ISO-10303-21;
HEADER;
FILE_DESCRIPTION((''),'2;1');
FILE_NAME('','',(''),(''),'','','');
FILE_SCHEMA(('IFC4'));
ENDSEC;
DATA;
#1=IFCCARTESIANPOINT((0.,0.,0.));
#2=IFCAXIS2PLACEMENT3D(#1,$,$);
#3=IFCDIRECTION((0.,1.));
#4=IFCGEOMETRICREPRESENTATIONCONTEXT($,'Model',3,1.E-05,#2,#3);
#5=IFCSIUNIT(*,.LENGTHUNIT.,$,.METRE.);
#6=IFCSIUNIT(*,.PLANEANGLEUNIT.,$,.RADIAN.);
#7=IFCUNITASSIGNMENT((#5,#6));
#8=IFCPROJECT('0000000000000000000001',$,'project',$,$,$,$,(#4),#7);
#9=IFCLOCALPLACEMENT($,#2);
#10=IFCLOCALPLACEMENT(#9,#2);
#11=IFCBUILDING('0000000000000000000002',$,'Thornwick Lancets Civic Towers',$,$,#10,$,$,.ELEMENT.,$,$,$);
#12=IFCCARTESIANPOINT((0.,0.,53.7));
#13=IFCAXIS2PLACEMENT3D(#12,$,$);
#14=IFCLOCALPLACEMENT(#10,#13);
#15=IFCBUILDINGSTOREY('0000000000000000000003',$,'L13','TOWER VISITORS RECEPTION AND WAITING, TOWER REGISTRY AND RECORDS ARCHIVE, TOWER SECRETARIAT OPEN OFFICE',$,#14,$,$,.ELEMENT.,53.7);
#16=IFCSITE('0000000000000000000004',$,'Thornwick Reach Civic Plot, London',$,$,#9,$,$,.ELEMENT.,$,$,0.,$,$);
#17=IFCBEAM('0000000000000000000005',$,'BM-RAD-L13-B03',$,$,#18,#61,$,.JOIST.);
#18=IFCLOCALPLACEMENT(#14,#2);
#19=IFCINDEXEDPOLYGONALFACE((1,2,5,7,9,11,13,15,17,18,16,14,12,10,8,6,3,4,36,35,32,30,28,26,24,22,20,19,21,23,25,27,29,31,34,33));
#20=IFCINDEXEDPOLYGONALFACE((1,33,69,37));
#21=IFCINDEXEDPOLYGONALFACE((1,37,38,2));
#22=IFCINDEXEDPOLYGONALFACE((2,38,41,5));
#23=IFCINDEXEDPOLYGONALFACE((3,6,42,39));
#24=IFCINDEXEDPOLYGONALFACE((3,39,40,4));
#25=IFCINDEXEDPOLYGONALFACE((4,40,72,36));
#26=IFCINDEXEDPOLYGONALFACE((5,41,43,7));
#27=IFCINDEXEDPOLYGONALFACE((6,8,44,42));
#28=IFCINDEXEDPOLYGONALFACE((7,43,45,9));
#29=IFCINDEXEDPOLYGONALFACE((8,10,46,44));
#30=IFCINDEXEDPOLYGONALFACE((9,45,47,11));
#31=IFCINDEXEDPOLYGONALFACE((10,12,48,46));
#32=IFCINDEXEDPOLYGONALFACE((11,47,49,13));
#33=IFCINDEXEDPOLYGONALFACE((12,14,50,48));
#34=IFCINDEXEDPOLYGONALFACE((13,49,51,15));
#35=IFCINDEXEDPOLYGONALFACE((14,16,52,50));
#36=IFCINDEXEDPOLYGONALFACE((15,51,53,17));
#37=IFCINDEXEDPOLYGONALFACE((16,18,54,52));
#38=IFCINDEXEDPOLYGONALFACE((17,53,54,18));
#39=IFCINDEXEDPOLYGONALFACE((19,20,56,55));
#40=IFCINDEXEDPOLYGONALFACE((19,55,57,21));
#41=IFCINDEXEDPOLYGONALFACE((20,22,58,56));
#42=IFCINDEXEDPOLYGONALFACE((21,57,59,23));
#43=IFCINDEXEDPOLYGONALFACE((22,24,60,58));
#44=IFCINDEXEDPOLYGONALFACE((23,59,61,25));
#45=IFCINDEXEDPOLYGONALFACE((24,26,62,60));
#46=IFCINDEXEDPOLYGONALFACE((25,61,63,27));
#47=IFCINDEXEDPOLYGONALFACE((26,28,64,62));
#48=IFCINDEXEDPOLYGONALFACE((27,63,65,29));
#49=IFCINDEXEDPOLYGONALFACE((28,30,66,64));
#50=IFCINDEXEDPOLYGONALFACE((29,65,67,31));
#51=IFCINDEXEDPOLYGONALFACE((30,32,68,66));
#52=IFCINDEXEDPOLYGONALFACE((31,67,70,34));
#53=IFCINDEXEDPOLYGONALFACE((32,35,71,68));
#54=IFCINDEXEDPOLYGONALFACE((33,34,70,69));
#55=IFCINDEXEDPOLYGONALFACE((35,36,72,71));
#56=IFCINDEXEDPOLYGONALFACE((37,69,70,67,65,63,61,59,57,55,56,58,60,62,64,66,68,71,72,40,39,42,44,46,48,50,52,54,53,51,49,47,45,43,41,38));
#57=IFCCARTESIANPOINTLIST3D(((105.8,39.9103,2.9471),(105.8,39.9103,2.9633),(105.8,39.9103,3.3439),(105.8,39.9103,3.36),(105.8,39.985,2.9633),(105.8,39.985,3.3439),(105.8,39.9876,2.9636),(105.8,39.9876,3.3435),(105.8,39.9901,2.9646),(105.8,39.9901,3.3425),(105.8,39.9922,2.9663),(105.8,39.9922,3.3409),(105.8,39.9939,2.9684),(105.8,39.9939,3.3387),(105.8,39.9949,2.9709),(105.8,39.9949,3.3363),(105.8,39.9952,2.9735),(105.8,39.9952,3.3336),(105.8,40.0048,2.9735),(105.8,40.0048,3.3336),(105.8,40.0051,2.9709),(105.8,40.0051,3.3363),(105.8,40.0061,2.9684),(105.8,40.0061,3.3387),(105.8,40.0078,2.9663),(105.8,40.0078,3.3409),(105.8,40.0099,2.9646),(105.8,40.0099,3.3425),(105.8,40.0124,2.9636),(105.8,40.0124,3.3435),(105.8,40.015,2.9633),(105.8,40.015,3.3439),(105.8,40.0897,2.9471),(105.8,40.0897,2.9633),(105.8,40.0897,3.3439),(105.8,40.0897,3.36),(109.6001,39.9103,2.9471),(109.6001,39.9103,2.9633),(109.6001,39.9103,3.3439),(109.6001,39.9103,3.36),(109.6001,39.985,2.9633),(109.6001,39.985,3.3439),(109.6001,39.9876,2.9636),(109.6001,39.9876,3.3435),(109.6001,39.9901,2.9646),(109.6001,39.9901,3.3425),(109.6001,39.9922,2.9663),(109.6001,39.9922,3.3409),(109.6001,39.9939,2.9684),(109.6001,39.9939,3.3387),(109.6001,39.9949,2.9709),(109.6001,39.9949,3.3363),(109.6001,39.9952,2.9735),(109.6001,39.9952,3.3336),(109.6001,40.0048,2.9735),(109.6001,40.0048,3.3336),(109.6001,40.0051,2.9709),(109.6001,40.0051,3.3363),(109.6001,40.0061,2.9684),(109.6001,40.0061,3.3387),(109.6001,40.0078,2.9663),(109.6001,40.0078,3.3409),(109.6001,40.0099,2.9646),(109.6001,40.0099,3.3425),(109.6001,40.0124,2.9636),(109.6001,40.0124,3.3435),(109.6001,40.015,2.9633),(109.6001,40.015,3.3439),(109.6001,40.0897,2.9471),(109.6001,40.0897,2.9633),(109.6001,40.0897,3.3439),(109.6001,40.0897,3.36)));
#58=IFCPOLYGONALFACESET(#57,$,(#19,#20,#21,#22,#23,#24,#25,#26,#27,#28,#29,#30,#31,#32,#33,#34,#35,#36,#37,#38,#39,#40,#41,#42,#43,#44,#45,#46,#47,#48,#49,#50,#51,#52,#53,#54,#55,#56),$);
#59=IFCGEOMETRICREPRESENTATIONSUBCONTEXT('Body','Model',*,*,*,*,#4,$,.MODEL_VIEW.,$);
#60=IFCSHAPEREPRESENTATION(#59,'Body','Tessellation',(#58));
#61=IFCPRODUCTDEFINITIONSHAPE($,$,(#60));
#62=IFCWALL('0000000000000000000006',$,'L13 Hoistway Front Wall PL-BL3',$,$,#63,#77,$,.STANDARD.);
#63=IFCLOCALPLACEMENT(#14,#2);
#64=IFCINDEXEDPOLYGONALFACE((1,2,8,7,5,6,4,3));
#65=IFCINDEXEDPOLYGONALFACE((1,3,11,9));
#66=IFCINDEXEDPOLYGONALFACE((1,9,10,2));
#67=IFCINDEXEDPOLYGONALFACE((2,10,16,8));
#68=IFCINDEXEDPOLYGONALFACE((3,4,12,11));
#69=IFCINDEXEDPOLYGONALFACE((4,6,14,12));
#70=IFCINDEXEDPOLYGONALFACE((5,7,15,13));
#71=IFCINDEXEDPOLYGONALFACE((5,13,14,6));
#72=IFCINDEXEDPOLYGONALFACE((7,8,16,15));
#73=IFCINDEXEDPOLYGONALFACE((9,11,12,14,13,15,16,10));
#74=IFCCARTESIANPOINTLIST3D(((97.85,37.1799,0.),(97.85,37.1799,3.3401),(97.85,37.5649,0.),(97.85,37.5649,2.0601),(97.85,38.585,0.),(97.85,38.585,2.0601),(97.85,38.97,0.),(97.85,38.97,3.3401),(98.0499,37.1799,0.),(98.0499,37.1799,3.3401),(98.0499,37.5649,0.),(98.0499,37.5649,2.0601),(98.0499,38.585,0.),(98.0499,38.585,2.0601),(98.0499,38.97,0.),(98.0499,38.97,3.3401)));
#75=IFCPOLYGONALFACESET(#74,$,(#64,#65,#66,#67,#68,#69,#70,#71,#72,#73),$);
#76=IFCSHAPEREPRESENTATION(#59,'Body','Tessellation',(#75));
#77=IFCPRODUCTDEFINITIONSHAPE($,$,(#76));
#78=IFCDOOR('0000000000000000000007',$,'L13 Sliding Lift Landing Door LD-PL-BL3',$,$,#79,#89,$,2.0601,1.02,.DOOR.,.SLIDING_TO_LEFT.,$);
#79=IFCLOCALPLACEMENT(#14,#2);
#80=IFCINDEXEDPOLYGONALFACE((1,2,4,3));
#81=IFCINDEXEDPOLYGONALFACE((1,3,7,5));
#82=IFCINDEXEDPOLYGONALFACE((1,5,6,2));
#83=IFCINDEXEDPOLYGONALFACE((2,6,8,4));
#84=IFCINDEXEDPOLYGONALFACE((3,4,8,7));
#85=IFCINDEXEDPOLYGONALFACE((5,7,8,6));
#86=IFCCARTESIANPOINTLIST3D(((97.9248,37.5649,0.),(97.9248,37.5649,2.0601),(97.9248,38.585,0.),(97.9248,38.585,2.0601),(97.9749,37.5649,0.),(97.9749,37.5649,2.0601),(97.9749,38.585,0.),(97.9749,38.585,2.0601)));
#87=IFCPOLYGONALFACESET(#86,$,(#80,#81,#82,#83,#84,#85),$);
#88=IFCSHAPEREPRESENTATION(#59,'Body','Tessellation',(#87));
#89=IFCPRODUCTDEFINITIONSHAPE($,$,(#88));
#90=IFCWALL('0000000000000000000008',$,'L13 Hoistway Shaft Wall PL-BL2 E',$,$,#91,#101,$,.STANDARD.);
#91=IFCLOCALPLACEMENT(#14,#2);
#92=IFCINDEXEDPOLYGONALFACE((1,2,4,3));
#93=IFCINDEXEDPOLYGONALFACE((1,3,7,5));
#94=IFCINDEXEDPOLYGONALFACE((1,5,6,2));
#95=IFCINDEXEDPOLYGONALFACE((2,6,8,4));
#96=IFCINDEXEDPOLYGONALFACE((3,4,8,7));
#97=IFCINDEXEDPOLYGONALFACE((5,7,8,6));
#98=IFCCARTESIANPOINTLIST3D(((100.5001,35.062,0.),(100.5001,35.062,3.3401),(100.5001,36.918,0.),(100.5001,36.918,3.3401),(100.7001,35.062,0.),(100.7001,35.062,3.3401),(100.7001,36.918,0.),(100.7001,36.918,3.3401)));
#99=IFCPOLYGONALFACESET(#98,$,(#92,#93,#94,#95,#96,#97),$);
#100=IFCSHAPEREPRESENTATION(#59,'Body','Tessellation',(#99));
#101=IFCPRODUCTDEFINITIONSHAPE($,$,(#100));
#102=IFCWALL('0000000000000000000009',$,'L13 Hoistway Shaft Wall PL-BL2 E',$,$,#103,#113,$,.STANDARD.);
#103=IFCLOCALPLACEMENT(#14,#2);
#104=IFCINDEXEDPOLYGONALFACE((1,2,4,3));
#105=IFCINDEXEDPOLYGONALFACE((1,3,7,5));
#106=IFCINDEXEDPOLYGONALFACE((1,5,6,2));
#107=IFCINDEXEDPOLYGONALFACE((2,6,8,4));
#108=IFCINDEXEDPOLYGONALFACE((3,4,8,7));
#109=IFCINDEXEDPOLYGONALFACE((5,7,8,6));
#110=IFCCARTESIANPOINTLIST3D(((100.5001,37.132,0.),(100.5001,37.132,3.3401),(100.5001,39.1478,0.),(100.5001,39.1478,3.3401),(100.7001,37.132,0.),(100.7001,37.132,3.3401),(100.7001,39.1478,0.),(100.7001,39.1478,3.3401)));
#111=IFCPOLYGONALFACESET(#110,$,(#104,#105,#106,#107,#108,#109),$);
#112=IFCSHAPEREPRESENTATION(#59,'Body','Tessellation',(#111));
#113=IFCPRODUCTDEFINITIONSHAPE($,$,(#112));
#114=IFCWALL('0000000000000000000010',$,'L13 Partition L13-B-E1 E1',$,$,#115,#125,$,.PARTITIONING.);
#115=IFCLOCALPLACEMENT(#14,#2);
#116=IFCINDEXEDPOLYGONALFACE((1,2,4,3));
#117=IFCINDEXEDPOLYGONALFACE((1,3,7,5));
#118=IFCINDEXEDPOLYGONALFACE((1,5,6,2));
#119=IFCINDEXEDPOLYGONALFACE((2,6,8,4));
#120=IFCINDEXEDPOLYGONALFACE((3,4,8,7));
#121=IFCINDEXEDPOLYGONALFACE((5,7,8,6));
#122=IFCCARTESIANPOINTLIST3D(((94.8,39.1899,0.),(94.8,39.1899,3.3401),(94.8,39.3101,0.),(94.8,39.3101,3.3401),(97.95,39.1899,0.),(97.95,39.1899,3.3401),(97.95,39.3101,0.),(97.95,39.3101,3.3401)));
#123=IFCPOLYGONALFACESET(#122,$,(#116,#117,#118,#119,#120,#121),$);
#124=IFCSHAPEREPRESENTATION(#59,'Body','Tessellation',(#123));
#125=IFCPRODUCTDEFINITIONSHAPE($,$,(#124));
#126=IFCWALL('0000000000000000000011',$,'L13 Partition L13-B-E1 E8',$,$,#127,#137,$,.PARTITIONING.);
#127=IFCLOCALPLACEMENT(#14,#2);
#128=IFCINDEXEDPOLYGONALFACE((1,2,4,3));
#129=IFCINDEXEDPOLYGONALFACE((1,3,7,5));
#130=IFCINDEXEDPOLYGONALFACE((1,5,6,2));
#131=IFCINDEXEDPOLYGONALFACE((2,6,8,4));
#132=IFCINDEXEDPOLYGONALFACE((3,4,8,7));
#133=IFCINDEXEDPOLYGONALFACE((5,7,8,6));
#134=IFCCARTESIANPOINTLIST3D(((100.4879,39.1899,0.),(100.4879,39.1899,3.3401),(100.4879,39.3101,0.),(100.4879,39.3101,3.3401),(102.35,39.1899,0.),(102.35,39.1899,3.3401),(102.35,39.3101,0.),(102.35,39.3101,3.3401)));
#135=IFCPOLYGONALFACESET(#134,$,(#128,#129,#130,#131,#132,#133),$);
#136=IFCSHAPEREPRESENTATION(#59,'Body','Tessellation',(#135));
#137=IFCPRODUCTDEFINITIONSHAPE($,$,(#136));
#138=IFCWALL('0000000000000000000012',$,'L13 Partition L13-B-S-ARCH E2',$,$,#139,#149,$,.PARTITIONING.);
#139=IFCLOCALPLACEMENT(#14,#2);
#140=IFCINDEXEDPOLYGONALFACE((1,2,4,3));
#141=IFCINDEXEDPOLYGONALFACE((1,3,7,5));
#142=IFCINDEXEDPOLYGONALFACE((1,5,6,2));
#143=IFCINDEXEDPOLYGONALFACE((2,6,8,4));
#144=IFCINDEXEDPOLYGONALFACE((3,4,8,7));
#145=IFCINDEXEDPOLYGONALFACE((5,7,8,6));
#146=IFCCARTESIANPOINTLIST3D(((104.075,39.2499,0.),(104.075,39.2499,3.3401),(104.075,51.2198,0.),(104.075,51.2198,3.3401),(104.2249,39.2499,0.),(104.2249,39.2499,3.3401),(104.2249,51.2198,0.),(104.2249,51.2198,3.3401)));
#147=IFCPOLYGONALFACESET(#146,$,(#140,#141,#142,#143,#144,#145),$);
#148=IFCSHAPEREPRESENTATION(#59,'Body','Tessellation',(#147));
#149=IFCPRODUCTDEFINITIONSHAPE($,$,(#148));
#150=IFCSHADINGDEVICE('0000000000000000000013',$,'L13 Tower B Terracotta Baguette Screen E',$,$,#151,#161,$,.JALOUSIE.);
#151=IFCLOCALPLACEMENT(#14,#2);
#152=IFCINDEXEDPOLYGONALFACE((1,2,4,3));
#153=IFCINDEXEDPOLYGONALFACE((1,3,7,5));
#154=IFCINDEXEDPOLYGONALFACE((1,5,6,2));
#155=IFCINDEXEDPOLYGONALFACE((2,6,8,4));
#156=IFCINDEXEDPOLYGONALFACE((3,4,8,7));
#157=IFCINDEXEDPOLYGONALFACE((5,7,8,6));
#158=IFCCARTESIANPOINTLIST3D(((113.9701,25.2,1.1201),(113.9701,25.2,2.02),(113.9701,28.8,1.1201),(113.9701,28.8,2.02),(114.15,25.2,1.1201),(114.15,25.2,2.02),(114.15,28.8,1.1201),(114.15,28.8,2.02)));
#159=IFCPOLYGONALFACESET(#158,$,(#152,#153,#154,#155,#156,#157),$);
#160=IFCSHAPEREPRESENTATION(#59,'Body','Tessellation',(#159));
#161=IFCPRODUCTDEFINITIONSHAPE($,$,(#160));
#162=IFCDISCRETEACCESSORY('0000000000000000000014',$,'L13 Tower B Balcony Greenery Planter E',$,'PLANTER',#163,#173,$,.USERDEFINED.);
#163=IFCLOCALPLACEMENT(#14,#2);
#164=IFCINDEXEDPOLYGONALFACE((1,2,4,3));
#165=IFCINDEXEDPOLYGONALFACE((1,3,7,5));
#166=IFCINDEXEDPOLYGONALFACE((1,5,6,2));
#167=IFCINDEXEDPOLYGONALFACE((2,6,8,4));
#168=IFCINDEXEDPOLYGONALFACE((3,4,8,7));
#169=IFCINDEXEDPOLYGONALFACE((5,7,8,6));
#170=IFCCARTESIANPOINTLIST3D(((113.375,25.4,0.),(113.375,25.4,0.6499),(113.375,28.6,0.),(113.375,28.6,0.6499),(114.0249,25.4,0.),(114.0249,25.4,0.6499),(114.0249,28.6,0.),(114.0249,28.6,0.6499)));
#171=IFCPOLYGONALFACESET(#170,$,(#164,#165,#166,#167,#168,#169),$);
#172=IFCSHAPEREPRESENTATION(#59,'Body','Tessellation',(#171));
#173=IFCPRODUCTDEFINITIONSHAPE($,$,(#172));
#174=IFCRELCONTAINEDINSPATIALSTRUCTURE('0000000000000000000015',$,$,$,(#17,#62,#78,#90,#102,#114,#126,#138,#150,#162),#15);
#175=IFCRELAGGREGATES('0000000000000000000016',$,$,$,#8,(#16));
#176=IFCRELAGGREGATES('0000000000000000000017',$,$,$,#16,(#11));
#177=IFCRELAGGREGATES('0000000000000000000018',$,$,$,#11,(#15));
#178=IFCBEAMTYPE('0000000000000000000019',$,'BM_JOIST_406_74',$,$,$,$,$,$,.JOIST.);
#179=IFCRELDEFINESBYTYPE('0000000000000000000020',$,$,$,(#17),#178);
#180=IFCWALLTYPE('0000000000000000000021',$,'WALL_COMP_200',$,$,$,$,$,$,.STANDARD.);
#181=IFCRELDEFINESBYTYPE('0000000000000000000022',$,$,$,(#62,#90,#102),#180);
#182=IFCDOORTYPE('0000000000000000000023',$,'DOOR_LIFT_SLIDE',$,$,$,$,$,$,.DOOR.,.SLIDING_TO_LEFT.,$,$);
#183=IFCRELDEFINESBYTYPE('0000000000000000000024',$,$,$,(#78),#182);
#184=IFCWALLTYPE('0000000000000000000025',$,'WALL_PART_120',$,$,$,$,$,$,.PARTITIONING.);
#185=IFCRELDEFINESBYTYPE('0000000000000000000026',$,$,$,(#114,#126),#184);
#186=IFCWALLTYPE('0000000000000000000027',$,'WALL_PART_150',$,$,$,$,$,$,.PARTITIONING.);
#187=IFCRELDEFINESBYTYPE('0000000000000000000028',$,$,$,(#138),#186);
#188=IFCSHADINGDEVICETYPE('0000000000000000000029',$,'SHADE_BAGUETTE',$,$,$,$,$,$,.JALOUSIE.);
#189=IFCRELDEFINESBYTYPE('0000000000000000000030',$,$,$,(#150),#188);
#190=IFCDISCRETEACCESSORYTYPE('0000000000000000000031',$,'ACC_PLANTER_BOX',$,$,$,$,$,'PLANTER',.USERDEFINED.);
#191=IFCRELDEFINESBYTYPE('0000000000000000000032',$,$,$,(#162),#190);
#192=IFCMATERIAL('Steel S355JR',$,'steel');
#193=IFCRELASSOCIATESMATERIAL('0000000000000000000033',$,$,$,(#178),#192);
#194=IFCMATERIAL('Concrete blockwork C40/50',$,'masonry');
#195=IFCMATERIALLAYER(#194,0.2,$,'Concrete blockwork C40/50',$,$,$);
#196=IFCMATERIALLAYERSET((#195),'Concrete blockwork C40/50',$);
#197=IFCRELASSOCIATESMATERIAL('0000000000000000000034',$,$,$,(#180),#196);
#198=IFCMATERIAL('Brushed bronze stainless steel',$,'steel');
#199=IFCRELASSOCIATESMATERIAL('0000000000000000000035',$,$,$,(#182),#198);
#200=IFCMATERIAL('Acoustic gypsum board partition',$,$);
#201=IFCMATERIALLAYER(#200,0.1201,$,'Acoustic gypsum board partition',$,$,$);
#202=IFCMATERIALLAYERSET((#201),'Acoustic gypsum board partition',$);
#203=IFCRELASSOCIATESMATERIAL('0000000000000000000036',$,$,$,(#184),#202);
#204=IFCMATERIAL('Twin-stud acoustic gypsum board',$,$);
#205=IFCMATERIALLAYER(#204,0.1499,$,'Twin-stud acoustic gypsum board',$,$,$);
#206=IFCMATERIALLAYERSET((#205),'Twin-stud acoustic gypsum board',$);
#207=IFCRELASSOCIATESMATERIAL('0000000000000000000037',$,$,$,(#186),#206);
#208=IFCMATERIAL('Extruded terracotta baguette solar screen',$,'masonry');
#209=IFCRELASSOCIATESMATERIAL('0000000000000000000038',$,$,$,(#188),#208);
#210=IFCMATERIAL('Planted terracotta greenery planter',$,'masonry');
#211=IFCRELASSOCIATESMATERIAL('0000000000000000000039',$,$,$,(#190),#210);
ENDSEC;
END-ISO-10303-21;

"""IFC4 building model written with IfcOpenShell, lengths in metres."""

from ifc_helpers import new_model, si_unit, direction, frame, frame_2d, origin, origin_2d, place, context, subcontext, project, spatial, rectangle, i_section, extrude, material, layer, layer_set, material_profile, profile_set, type_object, element, fill, save


model = new_model("IFC4")

# Units and contexts
model_context = context("Model", 3, precision=1e-05, world=origin(), true_north=direction((0.0, 1.0)))
body_context = subcontext(model_context, "Body", "Model", "MODEL_VIEW")
ifc_project = project(units=[si_unit("LENGTHUNIT", "METRE"), si_unit("PLANEANGLEUNIT", "RADIAN")], contexts=[model_context])

# Site, building, storey
site_placement = place(None, origin())
site = spatial("IfcSite", under=ifc_project, at=site_placement, Name="Thornwick Reach Civic Plot, London", CompositionType="ELEMENT", RefElevation=0.0)
building_placement = place(site_placement, origin())
building = spatial("IfcBuilding", under=site, at=building_placement, Name="Thornwick Lancets Civic Towers", CompositionType="ELEMENT")
storey_placement = place(building_placement, frame((0.0, 0.0, 53.7)))
storey = spatial("IfcBuildingStorey", under=building, at=storey_placement, Name="L13", Description="TOWER VISITORS RECEPTION AND WAITING, TOWER REGISTRY AND RECORDS ARCHIVE, TOWER SECRETARIAT OPEN OFFICE", CompositionType="ELEMENT", Elevation=53.7)

# Beam
ifc_material_1 = material(Name="Steel S355JR", Category="steel")
ifc_material_profile_1 = material_profile(ifc_material_1, i_section(OverallWidth=0.1794, OverallDepth=0.4128, WebThickness=0.0095, FlangeThickness=0.0161, FilletRadius=0.0103, at=origin_2d()), Name="UKB 406x178x74")
ifc_profile_set_1 = profile_set([ifc_material_profile_1], Name="Steel S355JR")
beam_type_1 = type_object("IfcBeamType", Name="BM_JOIST_406_74", PredefinedType="JOIST", material=ifc_profile_set_1)
beam_1_placement = place(storey_placement, frame((105.8, 40.0, 3.1536), z_axis=(1.0, 0.0, 0.0), x_axis=(0.0, 1.0, 0.0)))
element("IfcBeam", 1, at=beam_1_placement, inside=storey, type_object=beam_type_1, Name="BM-RAD-L13-B03", PredefinedType="JOIST", context=body_context, shape_type="SweptSolid", body=[
    extrude(i_section(OverallWidth=0.1794, OverallDepth=0.4128, WebThickness=0.0095, FlangeThickness=0.0161, FilletRadius=0.0103, at=origin_2d()), origin(), (0.0, 0.0, 1.0), 3.8),
])

# Wall, opening, door
ifc_material_2 = material(Name="Concrete blockwork C40/50", Category="masonry")
ifc_layer_1 = layer(ifc_material_2, 0.2, Name="Concrete blockwork C40/50")
ifc_layer_set_1 = layer_set([ifc_layer_1], Name="Concrete blockwork C40/50")
wall_type_1 = type_object("IfcWallType", Name="WALL_COMP_200", PredefinedType="STANDARD", material=ifc_layer_set_1)
wall_1_placement = place(storey_placement, frame((97.95, 38.97, 0.0), z_axis=(0.0, 0.0, 1.0), x_axis=(0.0, -1.0, 0.0)))
wall_1 = element("IfcWall", 2, at=wall_1_placement, inside=storey, type_object=wall_type_1, Name="L13 Hoistway Front Wall PL-BL3", PredefinedType="STANDARD", context=body_context, shape_type="SweptSolid", body=[
    extrude(rectangle(XDim=1.79, YDim=0.2, at=frame_2d((0.895, 0.0))), origin(), (0.0, 0.0, 1.0), 3.3401),
])
opening_placement = place(wall_1_placement, frame((0.385, 0.0, 0.0)))
opening = element("IfcOpeningElement", 3, at=opening_placement, cuts=wall_1, PredefinedType="OPENING", context=body_context, shape_type="SweptSolid", body=[
    extrude(rectangle(XDim=1.02, YDim=2.0601, at=frame_2d((0.51, 1.03))), frame((0.0, 0.1099, 0.0), z_axis=(0.0, -1.0, 0.0), x_axis=(1.0, 0.0, 0.0)), (0.0, 0.0, 1.0), 0.22),
])
ifc_material_3 = material(Name="Brushed bronze stainless steel", Category="steel")
door_type = type_object("IfcDoorType", Name="DOOR_LIFT_SLIDE", OperationType="SLIDING_TO_LEFT", PredefinedType="DOOR", material=ifc_material_3)
door_placement = place(opening_placement, origin())
door = element("IfcDoor", 4, at=door_placement, inside=storey, type_object=door_type, Name="L13 Sliding Lift Landing Door LD-PL-BL3", OperationType="SLIDING_TO_LEFT", OverallHeight=2.0601, OverallWidth=1.02, PredefinedType="DOOR", context=body_context, shape_type="SweptSolid", body=[
    extrude(rectangle(XDim=1.02, YDim=2.0601, at=frame_2d((0.51, 1.03))), frame((0.0, 0.0249, 0.0), z_axis=(0.0, -1.0, 0.0), x_axis=(1.0, 0.0, 0.0)), (0.0, 0.0, 1.0), 0.05),
])
fill(opening, door)

# Walls
wall_2_placement = place(storey_placement, frame((100.6001, 35.062, 0.0), z_axis=(0.0, 0.0, 1.0), x_axis=(0.0, 1.0, 0.0)))
element("IfcWall", 5, at=wall_2_placement, inside=storey, type_object=wall_type_1, Name="L13 Hoistway Shaft Wall PL-BL2 E", PredefinedType="STANDARD", context=body_context, shape_type="SweptSolid", body=[
    extrude(rectangle(XDim=1.856, YDim=0.2, at=frame_2d((0.928, 0.0))), origin(), (0.0, 0.0, 1.0), 3.3401),
])
wall_3_placement = place(storey_placement, frame((100.6001, 37.1321, 0.0), z_axis=(0.0, 0.0, 1.0), x_axis=(0.0, 1.0, 0.0)))
element("IfcWall", 6, at=wall_3_placement, inside=storey, type_object=wall_type_1, Name="L13 Hoistway Shaft Wall PL-BL2 E", PredefinedType="STANDARD", context=body_context, shape_type="SweptSolid", body=[
    extrude(rectangle(XDim=2.0159, YDim=0.2, at=frame_2d((1.0078, 0.0))), origin(), (0.0, 0.0, 1.0), 3.3401),
])
ifc_material_4 = material(Name="Acoustic gypsum board partition")
ifc_layer_2 = layer(ifc_material_4, 0.1201, Name="Acoustic gypsum board partition")
ifc_layer_set_2 = layer_set([ifc_layer_2], Name="Acoustic gypsum board partition")
wall_type_2 = type_object("IfcWallType", Name="WALL_PART_120", PredefinedType="PARTITIONING", material=ifc_layer_set_2)
wall_4_placement = place(storey_placement, frame((97.95, 39.25, 0.0), z_axis=(0.0, 0.0, 1.0), x_axis=(-1.0, 0.0, 0.0)))
element("IfcWall", 7, at=wall_4_placement, inside=storey, type_object=wall_type_2, Name="L13 Partition L13-B-E1 E1", PredefinedType="PARTITIONING", context=body_context, shape_type="SweptSolid", body=[
    extrude(rectangle(XDim=3.1499, YDim=0.1201, at=frame_2d((1.575, 0.0))), origin(), (0.0, 0.0, 1.0), 3.3401),
])
wall_5_placement = place(storey_placement, frame((102.3501, 39.25, 0.0), z_axis=(0.0, 0.0, 1.0), x_axis=(-1.0, 0.0, 0.0)))
element("IfcWall", 8, at=wall_5_placement, inside=storey, type_object=wall_type_2, Name="L13 Partition L13-B-E1 E8", PredefinedType="PARTITIONING", context=body_context, shape_type="SweptSolid", body=[
    extrude(rectangle(XDim=1.8621, YDim=0.1201, at=frame_2d((0.9312, 0.0))), origin(), (0.0, 0.0, 1.0), 3.3401),
])
ifc_material_5 = material(Name="Twin-stud acoustic gypsum board")
ifc_layer_3 = layer(ifc_material_5, 0.1499, Name="Twin-stud acoustic gypsum board")
ifc_layer_set_3 = layer_set([ifc_layer_3], Name="Twin-stud acoustic gypsum board")
wall_type_3 = type_object("IfcWallType", Name="WALL_PART_150", PredefinedType="PARTITIONING", material=ifc_layer_set_3)
wall_6_placement = place(storey_placement, frame((104.1499, 39.25, 0.0), z_axis=(0.0, 0.0, 1.0), x_axis=(0.0, 1.0, 0.0)))
element("IfcWall", 9, at=wall_6_placement, inside=storey, type_object=wall_type_3, Name="L13 Partition L13-B-S-ARCH E2", PredefinedType="PARTITIONING", context=body_context, shape_type="SweptSolid", body=[
    extrude(rectangle(XDim=11.97, YDim=0.1499, at=frame_2d((5.9849, 0.0))), origin(), (0.0, 0.0, 1.0), 3.3401),
])

# Shading device
ifc_material_6 = material(Name="Extruded terracotta baguette solar screen", Category="masonry")
shading_device_type = type_object("IfcShadingDeviceType", Name="SHADE_BAGUETTE", PredefinedType="JALOUSIE", material=ifc_material_6)
shading_device_placement = place(storey_placement, frame((114.0601, 27.0, 1.1201), z_axis=(0.0, 0.0, 1.0), x_axis=(0.0, 1.0, 0.0)))
element("IfcShadingDevice", 10, at=shading_device_placement, inside=storey, type_object=shading_device_type, Name="L13 Tower B Terracotta Baguette Screen E", PredefinedType="JALOUSIE", context=body_context, shape_type="SweptSolid", body=[
    extrude(rectangle(XDim=3.6001, YDim=0.1799, at=origin_2d()), origin(), (0.0, 0.0, 1.0), 0.8999),
])

# Discrete accessory
ifc_material_7 = material(Name="Planted terracotta greenery planter", Category="masonry")
discrete_accessory_type = type_object("IfcDiscreteAccessoryType", Name="ACC_PLANTER_BOX", ElementType="PLANTER", PredefinedType="USERDEFINED", material=ifc_material_7)
discrete_accessory_placement = place(storey_placement, frame((113.7, 27.0, 0.0), z_axis=(0.0, 0.0, 1.0), x_axis=(1.0, 0.0, 0.0)))
element("IfcDiscreteAccessory", 11, at=discrete_accessory_placement, inside=storey, type_object=discrete_accessory_type, Name="L13 Tower B Balcony Greenery Planter E", ObjectType="PLANTER", PredefinedType="USERDEFINED", context=body_context, shape_type="SweptSolid", body=[
    extrude(rectangle(XDim=0.6499, YDim=3.2, at=origin_2d()), origin(), (0.0, 0.0, 1.0), 0.6499),
])

save(model, "model.ifc")
